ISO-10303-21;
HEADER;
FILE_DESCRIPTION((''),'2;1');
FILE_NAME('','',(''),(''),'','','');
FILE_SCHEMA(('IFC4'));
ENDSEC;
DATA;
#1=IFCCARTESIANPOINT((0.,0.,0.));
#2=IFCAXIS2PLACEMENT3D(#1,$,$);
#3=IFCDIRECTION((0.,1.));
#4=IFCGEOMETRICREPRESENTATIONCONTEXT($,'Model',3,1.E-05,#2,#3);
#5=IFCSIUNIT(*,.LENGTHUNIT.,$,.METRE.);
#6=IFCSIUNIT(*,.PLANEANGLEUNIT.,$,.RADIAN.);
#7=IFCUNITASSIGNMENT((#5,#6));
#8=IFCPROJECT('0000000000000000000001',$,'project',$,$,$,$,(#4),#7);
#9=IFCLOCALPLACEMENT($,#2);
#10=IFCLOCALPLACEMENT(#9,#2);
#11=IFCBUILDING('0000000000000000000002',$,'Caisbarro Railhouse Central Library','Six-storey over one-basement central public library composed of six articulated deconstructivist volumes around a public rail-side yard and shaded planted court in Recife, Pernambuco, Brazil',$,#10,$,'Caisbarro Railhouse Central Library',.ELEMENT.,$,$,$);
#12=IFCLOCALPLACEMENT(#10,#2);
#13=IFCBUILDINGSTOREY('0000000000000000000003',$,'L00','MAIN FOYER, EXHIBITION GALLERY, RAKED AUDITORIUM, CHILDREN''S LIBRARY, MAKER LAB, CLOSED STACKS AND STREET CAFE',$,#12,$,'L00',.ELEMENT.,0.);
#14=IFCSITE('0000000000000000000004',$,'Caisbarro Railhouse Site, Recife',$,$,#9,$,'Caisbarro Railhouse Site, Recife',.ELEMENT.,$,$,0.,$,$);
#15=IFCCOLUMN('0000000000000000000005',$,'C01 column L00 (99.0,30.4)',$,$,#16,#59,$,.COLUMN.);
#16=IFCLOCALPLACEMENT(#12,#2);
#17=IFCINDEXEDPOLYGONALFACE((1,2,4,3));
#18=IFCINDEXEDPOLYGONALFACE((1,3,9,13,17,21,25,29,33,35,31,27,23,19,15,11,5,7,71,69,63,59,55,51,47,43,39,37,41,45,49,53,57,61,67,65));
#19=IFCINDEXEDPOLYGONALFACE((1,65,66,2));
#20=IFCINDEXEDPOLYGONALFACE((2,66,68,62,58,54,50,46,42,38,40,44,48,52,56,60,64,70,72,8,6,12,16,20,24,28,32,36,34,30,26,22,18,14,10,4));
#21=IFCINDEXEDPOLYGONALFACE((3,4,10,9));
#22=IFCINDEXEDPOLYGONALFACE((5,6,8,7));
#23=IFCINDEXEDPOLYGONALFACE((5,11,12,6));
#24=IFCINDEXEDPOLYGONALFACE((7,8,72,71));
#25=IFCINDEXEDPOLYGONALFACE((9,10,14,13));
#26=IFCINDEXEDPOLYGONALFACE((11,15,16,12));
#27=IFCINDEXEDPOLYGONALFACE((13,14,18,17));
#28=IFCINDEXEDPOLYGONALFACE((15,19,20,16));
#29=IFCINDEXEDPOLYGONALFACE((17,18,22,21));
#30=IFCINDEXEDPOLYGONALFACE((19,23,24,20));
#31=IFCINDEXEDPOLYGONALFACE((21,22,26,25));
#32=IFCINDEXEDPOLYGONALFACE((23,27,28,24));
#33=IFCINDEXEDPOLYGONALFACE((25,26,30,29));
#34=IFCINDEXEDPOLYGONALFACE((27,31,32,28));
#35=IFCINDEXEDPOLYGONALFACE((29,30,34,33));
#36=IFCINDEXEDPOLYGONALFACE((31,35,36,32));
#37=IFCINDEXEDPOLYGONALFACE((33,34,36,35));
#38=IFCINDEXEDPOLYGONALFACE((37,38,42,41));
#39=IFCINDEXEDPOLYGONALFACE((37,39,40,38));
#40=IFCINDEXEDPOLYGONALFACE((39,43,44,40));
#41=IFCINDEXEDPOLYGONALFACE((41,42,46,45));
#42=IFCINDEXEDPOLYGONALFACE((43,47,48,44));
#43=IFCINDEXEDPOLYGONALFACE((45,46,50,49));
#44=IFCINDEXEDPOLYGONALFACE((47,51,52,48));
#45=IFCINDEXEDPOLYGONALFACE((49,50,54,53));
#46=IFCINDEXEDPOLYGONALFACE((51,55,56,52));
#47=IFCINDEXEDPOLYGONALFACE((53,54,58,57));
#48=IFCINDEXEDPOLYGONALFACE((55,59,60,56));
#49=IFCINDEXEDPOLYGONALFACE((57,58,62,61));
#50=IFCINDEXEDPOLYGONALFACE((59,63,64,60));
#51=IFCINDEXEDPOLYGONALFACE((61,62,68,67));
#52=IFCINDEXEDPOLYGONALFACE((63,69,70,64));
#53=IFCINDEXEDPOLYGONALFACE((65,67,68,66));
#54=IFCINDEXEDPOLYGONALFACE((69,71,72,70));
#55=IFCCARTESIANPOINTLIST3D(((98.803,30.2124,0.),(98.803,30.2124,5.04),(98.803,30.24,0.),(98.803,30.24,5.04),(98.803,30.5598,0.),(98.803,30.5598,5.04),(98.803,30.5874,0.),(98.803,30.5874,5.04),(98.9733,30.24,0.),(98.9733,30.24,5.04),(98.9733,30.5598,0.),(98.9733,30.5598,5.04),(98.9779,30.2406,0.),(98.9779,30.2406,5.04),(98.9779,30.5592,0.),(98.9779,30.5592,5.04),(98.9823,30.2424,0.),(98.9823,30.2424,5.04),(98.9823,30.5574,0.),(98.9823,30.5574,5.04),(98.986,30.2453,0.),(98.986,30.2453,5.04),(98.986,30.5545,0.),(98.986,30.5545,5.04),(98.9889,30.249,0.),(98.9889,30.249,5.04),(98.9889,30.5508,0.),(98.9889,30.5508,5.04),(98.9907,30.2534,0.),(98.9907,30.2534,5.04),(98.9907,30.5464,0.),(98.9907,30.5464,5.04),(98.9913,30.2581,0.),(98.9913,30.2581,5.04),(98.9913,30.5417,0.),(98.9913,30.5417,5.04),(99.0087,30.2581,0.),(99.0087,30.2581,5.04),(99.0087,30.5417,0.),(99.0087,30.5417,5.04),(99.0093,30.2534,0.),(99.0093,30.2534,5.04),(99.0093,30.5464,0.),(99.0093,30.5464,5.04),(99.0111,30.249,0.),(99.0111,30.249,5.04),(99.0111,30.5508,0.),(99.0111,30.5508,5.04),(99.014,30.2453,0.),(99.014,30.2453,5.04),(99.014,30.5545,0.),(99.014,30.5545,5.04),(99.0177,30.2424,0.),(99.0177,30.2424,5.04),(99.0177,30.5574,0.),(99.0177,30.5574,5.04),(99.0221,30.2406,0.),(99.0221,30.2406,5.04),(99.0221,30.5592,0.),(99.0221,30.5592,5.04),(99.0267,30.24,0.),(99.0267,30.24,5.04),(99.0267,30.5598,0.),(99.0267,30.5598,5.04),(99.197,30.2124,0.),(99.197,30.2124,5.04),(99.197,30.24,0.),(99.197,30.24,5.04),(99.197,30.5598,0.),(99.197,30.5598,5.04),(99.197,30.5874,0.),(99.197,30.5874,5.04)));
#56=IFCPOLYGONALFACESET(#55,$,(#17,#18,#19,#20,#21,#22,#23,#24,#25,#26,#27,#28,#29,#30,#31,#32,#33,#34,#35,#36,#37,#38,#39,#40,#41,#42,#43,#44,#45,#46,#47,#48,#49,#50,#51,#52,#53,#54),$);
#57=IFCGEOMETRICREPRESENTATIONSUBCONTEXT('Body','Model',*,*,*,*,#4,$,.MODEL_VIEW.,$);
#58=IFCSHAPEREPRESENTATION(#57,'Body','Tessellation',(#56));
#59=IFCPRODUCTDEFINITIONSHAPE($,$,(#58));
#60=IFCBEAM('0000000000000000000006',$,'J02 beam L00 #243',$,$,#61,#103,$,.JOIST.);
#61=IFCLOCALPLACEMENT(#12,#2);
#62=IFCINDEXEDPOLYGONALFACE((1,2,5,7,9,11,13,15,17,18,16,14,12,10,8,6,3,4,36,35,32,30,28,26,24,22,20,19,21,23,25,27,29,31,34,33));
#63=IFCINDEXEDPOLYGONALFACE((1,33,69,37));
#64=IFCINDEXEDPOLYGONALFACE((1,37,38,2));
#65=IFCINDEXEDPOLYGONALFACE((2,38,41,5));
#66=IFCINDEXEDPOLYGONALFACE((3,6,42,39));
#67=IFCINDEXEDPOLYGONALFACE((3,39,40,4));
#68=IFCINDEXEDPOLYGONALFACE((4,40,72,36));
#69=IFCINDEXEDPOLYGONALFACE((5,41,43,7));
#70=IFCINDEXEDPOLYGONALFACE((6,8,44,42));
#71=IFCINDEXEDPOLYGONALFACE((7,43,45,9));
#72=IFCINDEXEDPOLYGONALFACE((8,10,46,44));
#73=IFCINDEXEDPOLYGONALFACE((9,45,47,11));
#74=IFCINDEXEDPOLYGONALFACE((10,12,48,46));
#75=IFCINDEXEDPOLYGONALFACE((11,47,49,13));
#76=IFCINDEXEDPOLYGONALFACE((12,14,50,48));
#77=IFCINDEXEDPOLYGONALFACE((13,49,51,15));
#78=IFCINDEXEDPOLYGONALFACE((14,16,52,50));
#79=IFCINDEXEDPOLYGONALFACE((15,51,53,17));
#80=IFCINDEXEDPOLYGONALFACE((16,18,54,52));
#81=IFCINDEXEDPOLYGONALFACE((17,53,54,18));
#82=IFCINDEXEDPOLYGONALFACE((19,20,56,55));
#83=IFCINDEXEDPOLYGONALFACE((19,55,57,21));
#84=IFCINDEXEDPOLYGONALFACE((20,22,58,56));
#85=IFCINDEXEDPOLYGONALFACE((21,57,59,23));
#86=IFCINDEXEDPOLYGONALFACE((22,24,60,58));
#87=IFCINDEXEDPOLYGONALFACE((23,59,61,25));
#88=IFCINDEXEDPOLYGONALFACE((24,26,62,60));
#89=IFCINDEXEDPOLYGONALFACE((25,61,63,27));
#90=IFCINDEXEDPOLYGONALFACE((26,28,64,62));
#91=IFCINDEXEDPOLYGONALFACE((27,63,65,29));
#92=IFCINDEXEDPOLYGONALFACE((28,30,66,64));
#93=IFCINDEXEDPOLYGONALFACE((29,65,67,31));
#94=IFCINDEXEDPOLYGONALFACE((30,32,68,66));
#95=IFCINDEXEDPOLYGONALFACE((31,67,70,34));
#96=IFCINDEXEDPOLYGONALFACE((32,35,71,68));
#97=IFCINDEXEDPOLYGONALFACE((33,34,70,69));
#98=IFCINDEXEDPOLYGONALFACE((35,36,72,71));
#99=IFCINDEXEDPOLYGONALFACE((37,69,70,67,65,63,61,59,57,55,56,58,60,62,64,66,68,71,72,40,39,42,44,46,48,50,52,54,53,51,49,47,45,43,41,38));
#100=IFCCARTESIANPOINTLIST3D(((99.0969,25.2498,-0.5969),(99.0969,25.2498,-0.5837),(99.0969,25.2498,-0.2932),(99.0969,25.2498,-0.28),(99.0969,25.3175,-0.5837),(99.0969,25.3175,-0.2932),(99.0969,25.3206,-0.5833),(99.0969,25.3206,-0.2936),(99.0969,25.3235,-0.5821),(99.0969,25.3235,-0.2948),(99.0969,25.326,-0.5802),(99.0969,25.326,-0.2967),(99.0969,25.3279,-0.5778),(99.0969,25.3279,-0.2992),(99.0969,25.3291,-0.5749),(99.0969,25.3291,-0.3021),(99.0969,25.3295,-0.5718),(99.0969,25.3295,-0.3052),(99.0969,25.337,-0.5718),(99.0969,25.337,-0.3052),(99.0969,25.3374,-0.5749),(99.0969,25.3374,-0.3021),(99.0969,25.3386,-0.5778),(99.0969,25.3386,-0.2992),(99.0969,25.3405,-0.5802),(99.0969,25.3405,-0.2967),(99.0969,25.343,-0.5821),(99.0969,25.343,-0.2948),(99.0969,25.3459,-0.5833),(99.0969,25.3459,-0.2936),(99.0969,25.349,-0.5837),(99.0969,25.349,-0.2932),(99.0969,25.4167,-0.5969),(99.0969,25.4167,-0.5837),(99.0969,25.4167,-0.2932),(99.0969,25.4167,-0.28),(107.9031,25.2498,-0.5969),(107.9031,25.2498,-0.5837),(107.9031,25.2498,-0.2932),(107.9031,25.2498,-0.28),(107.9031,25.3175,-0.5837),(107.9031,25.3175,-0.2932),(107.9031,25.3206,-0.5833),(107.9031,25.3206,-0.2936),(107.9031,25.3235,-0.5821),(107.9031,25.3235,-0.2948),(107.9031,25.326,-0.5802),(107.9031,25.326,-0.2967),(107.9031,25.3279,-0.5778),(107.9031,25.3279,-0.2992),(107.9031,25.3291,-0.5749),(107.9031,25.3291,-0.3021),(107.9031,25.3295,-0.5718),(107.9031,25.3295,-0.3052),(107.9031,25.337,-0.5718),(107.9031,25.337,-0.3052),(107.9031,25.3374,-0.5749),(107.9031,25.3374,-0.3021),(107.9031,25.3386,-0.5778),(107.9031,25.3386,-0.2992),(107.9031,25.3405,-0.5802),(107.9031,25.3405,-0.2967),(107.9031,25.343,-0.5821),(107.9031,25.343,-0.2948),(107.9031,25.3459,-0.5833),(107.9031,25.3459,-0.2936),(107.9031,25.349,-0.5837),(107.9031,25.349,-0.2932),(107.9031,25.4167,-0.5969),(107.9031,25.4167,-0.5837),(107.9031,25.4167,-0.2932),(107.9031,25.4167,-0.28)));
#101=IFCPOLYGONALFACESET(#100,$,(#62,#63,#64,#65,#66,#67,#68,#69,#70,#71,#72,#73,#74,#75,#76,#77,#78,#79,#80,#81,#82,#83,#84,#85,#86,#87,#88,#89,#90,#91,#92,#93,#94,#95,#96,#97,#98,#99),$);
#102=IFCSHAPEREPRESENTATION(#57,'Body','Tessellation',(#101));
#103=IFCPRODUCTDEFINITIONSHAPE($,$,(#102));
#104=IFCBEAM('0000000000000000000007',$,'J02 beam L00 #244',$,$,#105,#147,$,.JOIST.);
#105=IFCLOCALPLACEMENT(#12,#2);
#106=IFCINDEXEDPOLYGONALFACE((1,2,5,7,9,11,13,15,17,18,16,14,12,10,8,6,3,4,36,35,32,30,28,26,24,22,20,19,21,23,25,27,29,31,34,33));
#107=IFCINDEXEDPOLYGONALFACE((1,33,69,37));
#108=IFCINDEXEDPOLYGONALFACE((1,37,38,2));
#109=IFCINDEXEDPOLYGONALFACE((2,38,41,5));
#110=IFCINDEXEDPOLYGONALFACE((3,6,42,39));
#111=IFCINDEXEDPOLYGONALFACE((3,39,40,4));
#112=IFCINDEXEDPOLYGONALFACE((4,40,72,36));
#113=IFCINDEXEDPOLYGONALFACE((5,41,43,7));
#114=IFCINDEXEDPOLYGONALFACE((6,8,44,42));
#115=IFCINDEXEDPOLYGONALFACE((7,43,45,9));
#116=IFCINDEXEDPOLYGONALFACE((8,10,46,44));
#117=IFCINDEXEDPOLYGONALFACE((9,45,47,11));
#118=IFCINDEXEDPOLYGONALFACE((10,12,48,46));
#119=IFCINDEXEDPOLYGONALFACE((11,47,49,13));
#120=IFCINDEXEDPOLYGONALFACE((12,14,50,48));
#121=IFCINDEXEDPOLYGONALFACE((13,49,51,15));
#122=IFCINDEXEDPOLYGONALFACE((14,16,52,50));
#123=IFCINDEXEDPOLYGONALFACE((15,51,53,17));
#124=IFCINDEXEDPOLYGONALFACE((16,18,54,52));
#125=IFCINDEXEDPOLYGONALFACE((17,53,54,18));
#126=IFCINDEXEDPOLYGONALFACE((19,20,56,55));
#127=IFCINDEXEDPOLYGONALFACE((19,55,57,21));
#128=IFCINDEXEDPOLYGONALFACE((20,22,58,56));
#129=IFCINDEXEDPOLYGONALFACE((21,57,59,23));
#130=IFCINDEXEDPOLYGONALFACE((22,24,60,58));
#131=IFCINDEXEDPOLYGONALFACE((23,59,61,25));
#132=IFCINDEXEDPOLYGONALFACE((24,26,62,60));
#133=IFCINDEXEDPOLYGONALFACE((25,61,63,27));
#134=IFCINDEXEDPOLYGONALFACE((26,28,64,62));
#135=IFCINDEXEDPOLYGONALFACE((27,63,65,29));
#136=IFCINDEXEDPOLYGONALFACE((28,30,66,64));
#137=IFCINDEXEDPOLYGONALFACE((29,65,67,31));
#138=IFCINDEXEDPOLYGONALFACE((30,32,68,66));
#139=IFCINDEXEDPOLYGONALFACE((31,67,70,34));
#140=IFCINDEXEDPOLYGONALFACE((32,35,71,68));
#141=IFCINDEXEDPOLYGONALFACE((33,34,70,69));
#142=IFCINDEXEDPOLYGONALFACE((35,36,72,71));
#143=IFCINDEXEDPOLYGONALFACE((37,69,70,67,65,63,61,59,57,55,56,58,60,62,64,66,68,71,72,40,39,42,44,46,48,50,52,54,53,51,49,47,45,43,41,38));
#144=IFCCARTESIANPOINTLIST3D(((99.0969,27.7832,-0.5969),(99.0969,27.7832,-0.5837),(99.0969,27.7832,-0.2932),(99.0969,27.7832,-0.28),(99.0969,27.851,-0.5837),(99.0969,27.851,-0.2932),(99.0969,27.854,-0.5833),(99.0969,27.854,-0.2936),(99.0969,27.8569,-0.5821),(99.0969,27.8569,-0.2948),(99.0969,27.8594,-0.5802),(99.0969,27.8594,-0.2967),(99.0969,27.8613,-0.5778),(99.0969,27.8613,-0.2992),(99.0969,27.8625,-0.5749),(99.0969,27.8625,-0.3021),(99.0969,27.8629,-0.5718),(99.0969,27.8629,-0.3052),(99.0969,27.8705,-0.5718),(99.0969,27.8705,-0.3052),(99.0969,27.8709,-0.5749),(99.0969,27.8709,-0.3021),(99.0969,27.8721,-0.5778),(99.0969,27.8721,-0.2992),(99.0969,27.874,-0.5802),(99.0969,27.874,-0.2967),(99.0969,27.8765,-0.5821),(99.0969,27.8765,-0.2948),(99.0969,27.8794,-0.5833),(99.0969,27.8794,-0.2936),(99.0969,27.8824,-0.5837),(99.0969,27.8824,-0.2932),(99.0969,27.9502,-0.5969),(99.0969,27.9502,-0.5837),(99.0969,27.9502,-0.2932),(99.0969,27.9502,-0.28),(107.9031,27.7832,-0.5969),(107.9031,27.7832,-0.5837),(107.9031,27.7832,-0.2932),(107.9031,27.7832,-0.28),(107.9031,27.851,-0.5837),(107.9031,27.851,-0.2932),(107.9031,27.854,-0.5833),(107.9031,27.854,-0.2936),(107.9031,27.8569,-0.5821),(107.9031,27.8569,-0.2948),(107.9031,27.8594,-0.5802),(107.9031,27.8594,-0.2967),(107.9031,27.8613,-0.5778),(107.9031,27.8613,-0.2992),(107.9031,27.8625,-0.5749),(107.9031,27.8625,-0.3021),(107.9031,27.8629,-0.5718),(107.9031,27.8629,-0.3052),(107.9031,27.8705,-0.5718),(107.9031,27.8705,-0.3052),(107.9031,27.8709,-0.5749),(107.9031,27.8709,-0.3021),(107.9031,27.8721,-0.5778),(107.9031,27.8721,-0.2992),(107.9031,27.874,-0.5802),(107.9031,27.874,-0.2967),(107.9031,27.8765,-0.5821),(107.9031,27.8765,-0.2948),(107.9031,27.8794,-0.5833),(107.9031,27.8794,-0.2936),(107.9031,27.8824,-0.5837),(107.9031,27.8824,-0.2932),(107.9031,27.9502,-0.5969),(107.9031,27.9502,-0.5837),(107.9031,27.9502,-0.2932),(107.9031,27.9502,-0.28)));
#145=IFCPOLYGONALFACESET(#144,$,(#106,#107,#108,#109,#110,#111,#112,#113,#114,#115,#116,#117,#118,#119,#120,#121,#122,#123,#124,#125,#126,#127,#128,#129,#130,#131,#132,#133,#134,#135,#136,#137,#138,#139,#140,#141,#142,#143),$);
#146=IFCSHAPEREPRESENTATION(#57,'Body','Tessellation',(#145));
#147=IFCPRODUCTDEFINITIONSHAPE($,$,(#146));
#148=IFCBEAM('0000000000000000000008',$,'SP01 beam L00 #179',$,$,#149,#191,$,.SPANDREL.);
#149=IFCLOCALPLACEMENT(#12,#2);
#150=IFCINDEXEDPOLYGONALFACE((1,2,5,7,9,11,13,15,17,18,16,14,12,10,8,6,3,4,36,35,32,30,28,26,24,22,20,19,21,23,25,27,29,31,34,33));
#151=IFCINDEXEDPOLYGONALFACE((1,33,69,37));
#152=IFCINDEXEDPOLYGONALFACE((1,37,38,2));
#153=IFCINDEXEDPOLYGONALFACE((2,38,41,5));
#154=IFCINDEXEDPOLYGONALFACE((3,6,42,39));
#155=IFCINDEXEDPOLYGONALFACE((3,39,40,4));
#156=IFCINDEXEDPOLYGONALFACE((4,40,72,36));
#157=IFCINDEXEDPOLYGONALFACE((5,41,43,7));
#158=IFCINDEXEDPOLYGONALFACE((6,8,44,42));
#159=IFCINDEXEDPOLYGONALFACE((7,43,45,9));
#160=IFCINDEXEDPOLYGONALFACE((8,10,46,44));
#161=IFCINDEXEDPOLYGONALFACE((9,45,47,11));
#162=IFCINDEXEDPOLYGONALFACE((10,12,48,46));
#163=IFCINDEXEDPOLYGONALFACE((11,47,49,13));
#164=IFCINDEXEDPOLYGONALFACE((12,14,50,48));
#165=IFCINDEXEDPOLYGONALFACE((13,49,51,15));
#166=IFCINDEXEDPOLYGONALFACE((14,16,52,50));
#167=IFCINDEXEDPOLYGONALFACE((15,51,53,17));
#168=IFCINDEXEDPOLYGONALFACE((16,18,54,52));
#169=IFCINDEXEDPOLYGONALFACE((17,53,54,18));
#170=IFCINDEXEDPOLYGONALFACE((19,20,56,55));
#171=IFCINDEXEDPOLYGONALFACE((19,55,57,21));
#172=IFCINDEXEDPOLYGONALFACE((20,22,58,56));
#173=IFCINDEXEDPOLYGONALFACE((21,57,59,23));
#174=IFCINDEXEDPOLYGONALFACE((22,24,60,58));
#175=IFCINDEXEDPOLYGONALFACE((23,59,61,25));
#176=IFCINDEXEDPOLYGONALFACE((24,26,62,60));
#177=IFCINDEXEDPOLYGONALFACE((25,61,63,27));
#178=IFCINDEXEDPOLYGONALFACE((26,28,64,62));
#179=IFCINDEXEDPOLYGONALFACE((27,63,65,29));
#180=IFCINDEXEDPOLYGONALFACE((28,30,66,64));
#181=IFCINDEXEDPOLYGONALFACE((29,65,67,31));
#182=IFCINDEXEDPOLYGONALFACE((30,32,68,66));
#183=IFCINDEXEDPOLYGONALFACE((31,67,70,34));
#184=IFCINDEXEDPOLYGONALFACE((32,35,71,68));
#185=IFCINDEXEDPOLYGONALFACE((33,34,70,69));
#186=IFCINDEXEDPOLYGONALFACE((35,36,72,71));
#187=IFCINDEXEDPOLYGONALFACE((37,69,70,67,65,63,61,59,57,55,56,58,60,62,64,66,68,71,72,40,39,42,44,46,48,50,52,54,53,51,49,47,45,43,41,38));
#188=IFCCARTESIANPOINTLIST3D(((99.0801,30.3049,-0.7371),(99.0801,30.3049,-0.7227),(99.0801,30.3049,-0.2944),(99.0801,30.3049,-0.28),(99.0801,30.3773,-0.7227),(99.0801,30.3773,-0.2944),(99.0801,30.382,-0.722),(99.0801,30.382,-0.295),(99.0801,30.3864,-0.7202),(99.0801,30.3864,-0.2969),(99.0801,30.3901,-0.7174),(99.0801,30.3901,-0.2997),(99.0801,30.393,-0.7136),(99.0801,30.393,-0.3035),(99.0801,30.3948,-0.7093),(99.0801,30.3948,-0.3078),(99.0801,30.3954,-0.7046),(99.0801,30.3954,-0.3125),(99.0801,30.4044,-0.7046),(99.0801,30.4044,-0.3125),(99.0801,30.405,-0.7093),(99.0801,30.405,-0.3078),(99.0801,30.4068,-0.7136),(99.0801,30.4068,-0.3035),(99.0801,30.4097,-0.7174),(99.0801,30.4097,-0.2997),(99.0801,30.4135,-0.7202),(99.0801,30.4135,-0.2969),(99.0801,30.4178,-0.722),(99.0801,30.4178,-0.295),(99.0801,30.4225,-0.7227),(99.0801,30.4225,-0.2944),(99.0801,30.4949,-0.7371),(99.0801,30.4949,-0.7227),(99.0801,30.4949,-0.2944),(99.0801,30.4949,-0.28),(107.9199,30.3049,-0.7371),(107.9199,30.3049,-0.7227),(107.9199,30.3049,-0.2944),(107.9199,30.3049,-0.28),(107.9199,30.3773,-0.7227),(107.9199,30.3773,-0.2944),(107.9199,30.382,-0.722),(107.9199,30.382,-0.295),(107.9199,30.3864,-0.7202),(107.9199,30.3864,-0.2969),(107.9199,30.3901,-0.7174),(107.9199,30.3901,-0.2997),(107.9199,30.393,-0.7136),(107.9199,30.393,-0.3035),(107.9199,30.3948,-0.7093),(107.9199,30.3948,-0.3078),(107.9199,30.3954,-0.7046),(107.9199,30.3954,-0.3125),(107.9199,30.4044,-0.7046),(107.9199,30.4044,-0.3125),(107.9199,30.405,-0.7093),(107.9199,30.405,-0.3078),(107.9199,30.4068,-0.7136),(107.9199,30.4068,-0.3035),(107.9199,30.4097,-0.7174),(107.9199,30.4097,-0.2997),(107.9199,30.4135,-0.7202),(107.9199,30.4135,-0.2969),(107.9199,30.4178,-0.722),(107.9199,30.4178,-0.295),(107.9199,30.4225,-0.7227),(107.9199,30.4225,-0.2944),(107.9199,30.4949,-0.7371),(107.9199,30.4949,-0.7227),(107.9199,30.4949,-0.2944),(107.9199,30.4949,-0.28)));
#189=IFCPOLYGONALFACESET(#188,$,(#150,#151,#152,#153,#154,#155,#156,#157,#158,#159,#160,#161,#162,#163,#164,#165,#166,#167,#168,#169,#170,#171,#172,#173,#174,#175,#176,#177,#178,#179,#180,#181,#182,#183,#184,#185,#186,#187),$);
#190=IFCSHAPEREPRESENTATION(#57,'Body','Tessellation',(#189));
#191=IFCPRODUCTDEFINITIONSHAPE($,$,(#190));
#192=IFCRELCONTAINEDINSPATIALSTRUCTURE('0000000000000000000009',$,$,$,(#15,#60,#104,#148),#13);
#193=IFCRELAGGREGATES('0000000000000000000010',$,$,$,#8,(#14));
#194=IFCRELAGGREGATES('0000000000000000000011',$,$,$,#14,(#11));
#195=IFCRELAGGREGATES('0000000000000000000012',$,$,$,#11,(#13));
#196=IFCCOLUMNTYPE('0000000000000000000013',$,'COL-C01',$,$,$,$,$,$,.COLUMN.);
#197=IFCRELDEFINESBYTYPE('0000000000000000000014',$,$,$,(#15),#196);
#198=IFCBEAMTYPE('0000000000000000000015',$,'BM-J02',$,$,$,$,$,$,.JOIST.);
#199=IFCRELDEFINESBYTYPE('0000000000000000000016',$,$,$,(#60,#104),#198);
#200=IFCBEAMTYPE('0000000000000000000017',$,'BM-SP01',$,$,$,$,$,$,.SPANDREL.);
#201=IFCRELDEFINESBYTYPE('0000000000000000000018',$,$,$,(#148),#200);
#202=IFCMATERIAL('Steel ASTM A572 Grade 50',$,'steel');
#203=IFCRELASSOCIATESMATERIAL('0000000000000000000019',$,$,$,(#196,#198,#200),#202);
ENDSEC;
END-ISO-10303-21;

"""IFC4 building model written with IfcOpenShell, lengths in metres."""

from ifc_helpers import new_model, si_unit, direction, frame, origin, origin_2d, place, context, subcontext, project, spatial, i_section, extrude, material, material_profile, profile_set, type_object, element, save


model = new_model("IFC4")

# Units and contexts
model_context = context("Model", 3, precision=1e-05, world=origin(), true_north=direction((0.0, 1.0)))
body_context = subcontext(model_context, "Body", "Model", "MODEL_VIEW")
ifc_project = project(units=[si_unit("LENGTHUNIT", "METRE"), si_unit("PLANEANGLEUNIT", "RADIAN")], contexts=[model_context])

# Site, building, storey
site_placement = place(None, origin())
site = spatial("IfcSite", under=ifc_project, at=site_placement, Name="Caisbarro Railhouse Site, Recife", LongName="Caisbarro Railhouse Site, Recife", CompositionType="ELEMENT", RefElevation=0.0)
building_placement = place(site_placement, origin())
building = spatial("IfcBuilding", under=site, at=building_placement, Name="Caisbarro Railhouse Central Library", Description="Six-storey over one-basement central public library composed of six articulated deconstructivist volumes around a public rail-side yard and shaded planted court in Recife, Pernambuco, Brazil", LongName="Caisbarro Railhouse Central Library", CompositionType="ELEMENT")
storey_placement = place(building_placement, origin())
storey = spatial("IfcBuildingStorey", under=building, at=storey_placement, Name="L00", Description="MAIN FOYER, EXHIBITION GALLERY, RAKED AUDITORIUM, CHILDREN'S LIBRARY, MAKER LAB, CLOSED STACKS AND STREET CAFE", LongName="L00", CompositionType="ELEMENT", Elevation=0.0)

# Column
ifc_material_1 = material(Name="Steel ASTM A572 Grade 50", Category="steel")
ifc_material_profile_1 = material_profile(ifc_material_1, i_section(OverallWidth=0.394, OverallDepth=0.375, WebThickness=0.0173, FlangeThickness=0.0276, FilletRadius=0.0181, at=origin_2d()), Name="W360X216.0")
ifc_profile_set_1 = profile_set([ifc_material_profile_1], Name="Steel ASTM A572 Grade 50")
column_type = type_object("IfcColumnType", Name="COL-C01", PredefinedType="COLUMN", material=ifc_profile_set_1)
column_placement = place(storey_placement, frame((99.0, 30.3999, 0.0), z_axis=(0.0, 0.0, 1.0), x_axis=(1.0, 0.0, 0.0)))
element("IfcColumn", 1, at=column_placement, inside=storey, type_object=column_type, Name="C01 column L00 (99.0,30.4)", PredefinedType="COLUMN", context=body_context, shape_type="SweptSolid", body=[
    extrude(i_section(OverallWidth=0.394, OverallDepth=0.375, WebThickness=0.0173, FlangeThickness=0.0276, FilletRadius=0.0181, at=origin_2d()), origin(), (0.0, 0.0, 1.0), 5.04),
])

# Beams
ifc_material_profile_2 = material_profile(ifc_material_1, i_section(OverallWidth=0.167, OverallDepth=0.3169, WebThickness=0.0076, FlangeThickness=0.0132, FilletRadius=0.012, at=origin_2d()), Name="W310X52.0")
ifc_profile_set_2 = profile_set([ifc_material_profile_2], Name="Steel ASTM A572 Grade 50")
beam_type_1 = type_object("IfcBeamType", Name="BM-J02", PredefinedType="JOIST", material=ifc_profile_set_2)
for number, where, z_axis, x_axis, name in (
    (2, (99.0969, 25.3333, -0.4385), (1.0, 0.0, 0.0), (0.0, 1.0, 0.0), "J02 beam L00 #243"),
    (3, (99.0969, 27.8667, -0.4385), (1.0, 0.0, 0.0), (0.0, 1.0, 0.0), "J02 beam L00 #244"),
):
    element("IfcBeam", number, at=place(storey_placement, frame(where, z_axis=z_axis, x_axis=x_axis)), inside=storey, type_object=beam_type_1, Name=name, PredefinedType="JOIST", context=body_context, shape_type="SweptSolid", body=[
        extrude(i_section(OverallWidth=0.167, OverallDepth=0.3169, WebThickness=0.0076, FlangeThickness=0.0132, FilletRadius=0.012, at=origin_2d()), origin(), (0.0, 0.0, 1.0), 8.8062),
    ])
ifc_material_profile_3 = material_profile(ifc_material_1, i_section(OverallWidth=0.1899, OverallDepth=0.457, WebThickness=0.009, FlangeThickness=0.0144, FilletRadius=0.0181, at=origin_2d()), Name="W460X74.0")
ifc_profile_set_3 = profile_set([ifc_material_profile_3], Name="Steel ASTM A572 Grade 50")
beam_type_2 = type_object("IfcBeamType", Name="BM-SP01", PredefinedType="SPANDREL", material=ifc_profile_set_3)
beam_placement = place(storey_placement, frame((99.0801, 30.3999, -0.5085), z_axis=(1.0, 0.0, 0.0), x_axis=(0.0, 1.0, 0.0)))
element("IfcBeam", 4, at=beam_placement, inside=storey, type_object=beam_type_2, Name="SP01 beam L00 #179", PredefinedType="SPANDREL", context=body_context, shape_type="SweptSolid", body=[
    extrude(i_section(OverallWidth=0.1899, OverallDepth=0.457, WebThickness=0.009, FlangeThickness=0.0144, FilletRadius=0.0181, at=origin_2d()), origin(), (0.0, 0.0, 1.0), 8.8398),
])

save(model, "model.ifc")
